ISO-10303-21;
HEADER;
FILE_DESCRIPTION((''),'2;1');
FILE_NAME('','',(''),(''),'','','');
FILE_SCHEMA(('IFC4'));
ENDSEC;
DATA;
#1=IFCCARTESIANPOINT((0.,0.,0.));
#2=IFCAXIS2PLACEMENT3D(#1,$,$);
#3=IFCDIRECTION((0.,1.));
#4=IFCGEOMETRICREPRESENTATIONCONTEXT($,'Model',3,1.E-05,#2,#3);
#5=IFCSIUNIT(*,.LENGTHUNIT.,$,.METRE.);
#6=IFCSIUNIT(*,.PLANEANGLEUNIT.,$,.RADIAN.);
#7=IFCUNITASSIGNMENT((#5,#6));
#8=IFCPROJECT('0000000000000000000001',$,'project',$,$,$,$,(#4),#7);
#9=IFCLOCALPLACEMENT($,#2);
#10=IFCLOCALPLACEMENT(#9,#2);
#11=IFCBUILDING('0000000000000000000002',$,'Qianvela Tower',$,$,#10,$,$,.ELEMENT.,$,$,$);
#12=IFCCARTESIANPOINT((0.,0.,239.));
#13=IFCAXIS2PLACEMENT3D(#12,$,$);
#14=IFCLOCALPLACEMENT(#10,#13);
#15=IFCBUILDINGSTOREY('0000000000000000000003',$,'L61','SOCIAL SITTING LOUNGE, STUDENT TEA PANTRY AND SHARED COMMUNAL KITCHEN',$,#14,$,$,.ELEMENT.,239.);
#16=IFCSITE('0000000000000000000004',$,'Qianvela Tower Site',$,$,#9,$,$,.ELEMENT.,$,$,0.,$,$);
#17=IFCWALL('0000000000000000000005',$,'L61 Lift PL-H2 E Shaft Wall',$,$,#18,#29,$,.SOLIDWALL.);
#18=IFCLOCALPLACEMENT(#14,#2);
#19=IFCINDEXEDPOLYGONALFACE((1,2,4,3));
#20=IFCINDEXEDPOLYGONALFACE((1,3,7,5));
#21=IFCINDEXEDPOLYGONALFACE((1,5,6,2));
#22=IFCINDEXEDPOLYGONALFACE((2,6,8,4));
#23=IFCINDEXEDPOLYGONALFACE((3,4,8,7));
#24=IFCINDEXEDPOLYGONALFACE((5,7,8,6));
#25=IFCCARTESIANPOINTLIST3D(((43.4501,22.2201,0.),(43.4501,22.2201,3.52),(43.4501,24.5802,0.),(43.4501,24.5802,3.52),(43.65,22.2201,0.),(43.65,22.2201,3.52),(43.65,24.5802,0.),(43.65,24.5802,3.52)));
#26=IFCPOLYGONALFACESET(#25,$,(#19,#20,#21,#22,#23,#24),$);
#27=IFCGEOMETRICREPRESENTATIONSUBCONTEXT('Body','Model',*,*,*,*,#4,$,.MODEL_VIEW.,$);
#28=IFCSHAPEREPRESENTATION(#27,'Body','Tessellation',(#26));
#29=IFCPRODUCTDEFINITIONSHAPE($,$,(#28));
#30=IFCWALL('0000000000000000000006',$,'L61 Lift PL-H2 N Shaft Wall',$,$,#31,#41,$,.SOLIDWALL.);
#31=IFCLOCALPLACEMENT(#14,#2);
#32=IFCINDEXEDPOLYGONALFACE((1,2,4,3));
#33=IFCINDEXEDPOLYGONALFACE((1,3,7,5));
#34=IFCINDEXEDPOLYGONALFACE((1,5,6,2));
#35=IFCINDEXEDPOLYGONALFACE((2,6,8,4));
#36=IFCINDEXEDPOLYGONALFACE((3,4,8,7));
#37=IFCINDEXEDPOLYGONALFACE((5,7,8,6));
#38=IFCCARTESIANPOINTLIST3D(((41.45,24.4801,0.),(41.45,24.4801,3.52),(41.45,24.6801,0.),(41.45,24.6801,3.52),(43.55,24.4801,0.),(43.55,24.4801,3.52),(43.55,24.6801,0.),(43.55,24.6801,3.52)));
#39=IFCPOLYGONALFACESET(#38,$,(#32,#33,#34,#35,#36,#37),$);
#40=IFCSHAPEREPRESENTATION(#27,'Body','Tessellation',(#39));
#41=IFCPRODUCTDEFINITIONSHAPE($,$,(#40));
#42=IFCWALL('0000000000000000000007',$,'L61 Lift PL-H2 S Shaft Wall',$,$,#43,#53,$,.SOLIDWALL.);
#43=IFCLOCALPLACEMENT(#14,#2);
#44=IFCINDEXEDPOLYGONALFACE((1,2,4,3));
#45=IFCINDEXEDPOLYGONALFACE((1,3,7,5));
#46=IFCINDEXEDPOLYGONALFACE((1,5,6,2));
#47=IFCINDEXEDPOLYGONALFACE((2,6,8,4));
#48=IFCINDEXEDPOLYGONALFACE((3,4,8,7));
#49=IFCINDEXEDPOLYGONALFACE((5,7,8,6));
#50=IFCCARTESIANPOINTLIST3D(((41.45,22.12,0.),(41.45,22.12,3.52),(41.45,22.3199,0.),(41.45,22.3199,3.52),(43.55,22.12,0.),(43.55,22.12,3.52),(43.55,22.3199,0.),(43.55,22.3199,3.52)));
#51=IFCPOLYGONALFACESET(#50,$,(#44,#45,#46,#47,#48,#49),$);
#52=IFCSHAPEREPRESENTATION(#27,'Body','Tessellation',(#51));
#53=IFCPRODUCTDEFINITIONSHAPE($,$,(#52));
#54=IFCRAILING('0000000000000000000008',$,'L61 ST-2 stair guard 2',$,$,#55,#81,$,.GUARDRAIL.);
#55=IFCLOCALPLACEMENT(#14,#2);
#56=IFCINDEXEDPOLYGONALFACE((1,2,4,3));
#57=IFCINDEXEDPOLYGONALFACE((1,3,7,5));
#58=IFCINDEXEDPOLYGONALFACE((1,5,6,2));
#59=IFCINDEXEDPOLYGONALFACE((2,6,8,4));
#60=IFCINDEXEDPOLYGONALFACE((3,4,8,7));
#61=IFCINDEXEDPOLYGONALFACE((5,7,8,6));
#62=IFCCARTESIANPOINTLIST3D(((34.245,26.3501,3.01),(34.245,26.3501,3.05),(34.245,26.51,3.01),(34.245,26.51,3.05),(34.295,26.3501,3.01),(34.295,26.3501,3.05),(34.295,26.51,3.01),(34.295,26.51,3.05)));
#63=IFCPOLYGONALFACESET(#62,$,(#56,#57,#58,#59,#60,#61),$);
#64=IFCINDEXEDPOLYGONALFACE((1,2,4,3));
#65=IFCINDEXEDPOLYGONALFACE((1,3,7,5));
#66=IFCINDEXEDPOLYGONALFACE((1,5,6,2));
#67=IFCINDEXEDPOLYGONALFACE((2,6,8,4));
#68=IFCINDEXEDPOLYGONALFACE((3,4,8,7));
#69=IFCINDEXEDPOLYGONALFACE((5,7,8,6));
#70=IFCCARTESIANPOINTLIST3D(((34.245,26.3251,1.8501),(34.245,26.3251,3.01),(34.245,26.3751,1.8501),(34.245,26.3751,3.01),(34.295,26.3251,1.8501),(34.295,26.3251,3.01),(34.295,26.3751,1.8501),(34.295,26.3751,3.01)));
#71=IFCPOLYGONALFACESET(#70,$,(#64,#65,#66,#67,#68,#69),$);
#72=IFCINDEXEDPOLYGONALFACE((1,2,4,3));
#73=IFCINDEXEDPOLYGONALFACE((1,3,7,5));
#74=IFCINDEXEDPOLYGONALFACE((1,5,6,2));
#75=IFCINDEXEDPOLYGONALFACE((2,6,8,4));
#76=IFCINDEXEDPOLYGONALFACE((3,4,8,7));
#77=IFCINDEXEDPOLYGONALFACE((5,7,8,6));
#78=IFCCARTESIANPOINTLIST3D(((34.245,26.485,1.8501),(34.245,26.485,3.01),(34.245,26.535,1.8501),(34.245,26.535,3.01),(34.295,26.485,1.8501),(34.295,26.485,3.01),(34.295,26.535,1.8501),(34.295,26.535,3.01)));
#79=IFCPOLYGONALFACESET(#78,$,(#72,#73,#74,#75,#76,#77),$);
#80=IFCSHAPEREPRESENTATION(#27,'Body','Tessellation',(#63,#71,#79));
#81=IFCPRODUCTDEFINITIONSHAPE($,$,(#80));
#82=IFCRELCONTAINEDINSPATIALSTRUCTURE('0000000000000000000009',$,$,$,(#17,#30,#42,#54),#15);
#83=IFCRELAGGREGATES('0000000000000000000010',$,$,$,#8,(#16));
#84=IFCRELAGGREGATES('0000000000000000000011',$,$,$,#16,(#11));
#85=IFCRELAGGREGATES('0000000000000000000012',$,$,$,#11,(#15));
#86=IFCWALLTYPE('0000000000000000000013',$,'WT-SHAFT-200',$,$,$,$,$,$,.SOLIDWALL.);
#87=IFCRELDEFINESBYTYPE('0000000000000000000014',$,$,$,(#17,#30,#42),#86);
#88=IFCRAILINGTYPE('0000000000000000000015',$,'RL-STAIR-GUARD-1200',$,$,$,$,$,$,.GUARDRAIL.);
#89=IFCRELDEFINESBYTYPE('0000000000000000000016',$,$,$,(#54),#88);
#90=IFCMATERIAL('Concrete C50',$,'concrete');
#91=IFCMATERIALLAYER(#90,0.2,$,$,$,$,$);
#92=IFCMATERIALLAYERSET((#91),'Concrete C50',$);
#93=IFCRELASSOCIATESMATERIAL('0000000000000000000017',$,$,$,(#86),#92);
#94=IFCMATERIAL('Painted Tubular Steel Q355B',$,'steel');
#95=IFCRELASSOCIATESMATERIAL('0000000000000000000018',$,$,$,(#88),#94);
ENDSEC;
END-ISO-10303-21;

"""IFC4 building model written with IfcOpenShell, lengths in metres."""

from ifc_helpers import new_model, si_unit, direction, frame, frame_2d, origin, origin_2d, place, context, subcontext, project, spatial, rectangle, extrude, material, layer, layer_set, type_object, element, save


model = new_model("IFC4")

# Units and contexts
model_context = context("Model", 3, precision=1e-05, world=origin(), true_north=direction((0.0, 1.0)))
body_context = subcontext(model_context, "Body", "Model", "MODEL_VIEW")
ifc_project = project(units=[si_unit("LENGTHUNIT", "METRE"), si_unit("PLANEANGLEUNIT", "RADIAN")], contexts=[model_context])

# Site, building, storey
site_placement = place(None, origin())
site = spatial("IfcSite", under=ifc_project, at=site_placement, Name="Qianvela Tower Site", CompositionType="ELEMENT", RefElevation=0.0)
building_placement = place(site_placement, origin())
building = spatial("IfcBuilding", under=site, at=building_placement, Name="Qianvela Tower", CompositionType="ELEMENT")
storey_placement = place(building_placement, frame((0.0, 0.0, 239.0)))
storey = spatial("IfcBuildingStorey", under=building, at=storey_placement, Name="L61", Description="SOCIAL SITTING LOUNGE, STUDENT TEA PANTRY AND SHARED COMMUNAL KITCHEN", CompositionType="ELEMENT", Elevation=239.0)

# Shared definitions
ifc_material_1 = material(Name="Concrete C50", Category="concrete")
ifc_layer_1 = layer(ifc_material_1, 0.2)
ifc_layer_set_1 = layer_set([ifc_layer_1], Name="Concrete C50")
wall_type_1 = type_object("IfcWallType", Name="WT-SHAFT-200", PredefinedType="SOLIDWALL", material=ifc_layer_set_1)

# Wall
wall_1_placement = place(storey_placement, frame((43.55, 22.22, 0.0), z_axis=(0.0, 0.0, 1.0), x_axis=(0.0, 1.0, 0.0)))
element("IfcWall", 1, at=wall_1_placement, inside=storey, type_object=wall_type_1, Name="L61 Lift PL-H2 E Shaft Wall", PredefinedType="SOLIDWALL", context=body_context, shape_type="SweptSolid", body=[
    extrude(rectangle(XDim=2.3601, YDim=0.2, at=frame_2d((1.1802, 0.0))), origin(), (0.0, 0.0, 1.0), 3.52),
])

# Walls
for number, where, z_axis, x_axis, name in (
    (2, (41.45, 24.5801, 0.0), (0.0, 0.0, 1.0), (1.0, 0.0, 0.0), "L61 Lift PL-H2 N Shaft Wall"),
    (3, (41.45, 22.22, 0.0), (0.0, 0.0, 1.0), (1.0, 0.0, 0.0), "L61 Lift PL-H2 S Shaft Wall"),
):
    element("IfcWall", number, at=place(storey_placement, frame(where, z_axis=z_axis, x_axis=x_axis)), inside=storey, type_object=wall_type_1, Name=name, PredefinedType="SOLIDWALL", context=body_context, shape_type="SweptSolid", body=[
        extrude(rectangle(XDim=2.1001, YDim=0.2, at=frame_2d((1.05, 0.0))), origin(), (0.0, 0.0, 1.0), 3.52),
    ])

# Railing
ifc_material_2 = material(Name="Painted Tubular Steel Q355B", Category="steel")
railing_type = type_object("IfcRailingType", Name="RL-STAIR-GUARD-1200", PredefinedType="GUARDRAIL", material=ifc_material_2)
railing_placement = place(storey_placement, frame((34.27, 26.3501, 1.8501)))
element("IfcRailing", 4, at=railing_placement, inside=storey, type_object=railing_type, Name="L61 ST-2 stair guard 2", PredefinedType="GUARDRAIL", context=body_context, shape_type="SweptSolid", body=[
    extrude(rectangle(XDim=0.05, YDim=0.04, at=origin_2d()), frame((0.0, 0.0, 1.1799), z_axis=(0.0, 1.0, 0.0), x_axis=(-1.0, 0.0, 0.0)), (0.0, 0.0, 1.0), 0.1599),
    extrude(rectangle(XDim=0.05, YDim=0.05, at=origin_2d()), origin(), (0.0, 0.0, 1.0), 1.1599),
    extrude(rectangle(XDim=0.05, YDim=0.05, at=origin_2d()), frame((0.0, 0.1599, 0.0)), (0.0, 0.0, 1.0), 1.1599),
])

save(model, "model.ifc")
